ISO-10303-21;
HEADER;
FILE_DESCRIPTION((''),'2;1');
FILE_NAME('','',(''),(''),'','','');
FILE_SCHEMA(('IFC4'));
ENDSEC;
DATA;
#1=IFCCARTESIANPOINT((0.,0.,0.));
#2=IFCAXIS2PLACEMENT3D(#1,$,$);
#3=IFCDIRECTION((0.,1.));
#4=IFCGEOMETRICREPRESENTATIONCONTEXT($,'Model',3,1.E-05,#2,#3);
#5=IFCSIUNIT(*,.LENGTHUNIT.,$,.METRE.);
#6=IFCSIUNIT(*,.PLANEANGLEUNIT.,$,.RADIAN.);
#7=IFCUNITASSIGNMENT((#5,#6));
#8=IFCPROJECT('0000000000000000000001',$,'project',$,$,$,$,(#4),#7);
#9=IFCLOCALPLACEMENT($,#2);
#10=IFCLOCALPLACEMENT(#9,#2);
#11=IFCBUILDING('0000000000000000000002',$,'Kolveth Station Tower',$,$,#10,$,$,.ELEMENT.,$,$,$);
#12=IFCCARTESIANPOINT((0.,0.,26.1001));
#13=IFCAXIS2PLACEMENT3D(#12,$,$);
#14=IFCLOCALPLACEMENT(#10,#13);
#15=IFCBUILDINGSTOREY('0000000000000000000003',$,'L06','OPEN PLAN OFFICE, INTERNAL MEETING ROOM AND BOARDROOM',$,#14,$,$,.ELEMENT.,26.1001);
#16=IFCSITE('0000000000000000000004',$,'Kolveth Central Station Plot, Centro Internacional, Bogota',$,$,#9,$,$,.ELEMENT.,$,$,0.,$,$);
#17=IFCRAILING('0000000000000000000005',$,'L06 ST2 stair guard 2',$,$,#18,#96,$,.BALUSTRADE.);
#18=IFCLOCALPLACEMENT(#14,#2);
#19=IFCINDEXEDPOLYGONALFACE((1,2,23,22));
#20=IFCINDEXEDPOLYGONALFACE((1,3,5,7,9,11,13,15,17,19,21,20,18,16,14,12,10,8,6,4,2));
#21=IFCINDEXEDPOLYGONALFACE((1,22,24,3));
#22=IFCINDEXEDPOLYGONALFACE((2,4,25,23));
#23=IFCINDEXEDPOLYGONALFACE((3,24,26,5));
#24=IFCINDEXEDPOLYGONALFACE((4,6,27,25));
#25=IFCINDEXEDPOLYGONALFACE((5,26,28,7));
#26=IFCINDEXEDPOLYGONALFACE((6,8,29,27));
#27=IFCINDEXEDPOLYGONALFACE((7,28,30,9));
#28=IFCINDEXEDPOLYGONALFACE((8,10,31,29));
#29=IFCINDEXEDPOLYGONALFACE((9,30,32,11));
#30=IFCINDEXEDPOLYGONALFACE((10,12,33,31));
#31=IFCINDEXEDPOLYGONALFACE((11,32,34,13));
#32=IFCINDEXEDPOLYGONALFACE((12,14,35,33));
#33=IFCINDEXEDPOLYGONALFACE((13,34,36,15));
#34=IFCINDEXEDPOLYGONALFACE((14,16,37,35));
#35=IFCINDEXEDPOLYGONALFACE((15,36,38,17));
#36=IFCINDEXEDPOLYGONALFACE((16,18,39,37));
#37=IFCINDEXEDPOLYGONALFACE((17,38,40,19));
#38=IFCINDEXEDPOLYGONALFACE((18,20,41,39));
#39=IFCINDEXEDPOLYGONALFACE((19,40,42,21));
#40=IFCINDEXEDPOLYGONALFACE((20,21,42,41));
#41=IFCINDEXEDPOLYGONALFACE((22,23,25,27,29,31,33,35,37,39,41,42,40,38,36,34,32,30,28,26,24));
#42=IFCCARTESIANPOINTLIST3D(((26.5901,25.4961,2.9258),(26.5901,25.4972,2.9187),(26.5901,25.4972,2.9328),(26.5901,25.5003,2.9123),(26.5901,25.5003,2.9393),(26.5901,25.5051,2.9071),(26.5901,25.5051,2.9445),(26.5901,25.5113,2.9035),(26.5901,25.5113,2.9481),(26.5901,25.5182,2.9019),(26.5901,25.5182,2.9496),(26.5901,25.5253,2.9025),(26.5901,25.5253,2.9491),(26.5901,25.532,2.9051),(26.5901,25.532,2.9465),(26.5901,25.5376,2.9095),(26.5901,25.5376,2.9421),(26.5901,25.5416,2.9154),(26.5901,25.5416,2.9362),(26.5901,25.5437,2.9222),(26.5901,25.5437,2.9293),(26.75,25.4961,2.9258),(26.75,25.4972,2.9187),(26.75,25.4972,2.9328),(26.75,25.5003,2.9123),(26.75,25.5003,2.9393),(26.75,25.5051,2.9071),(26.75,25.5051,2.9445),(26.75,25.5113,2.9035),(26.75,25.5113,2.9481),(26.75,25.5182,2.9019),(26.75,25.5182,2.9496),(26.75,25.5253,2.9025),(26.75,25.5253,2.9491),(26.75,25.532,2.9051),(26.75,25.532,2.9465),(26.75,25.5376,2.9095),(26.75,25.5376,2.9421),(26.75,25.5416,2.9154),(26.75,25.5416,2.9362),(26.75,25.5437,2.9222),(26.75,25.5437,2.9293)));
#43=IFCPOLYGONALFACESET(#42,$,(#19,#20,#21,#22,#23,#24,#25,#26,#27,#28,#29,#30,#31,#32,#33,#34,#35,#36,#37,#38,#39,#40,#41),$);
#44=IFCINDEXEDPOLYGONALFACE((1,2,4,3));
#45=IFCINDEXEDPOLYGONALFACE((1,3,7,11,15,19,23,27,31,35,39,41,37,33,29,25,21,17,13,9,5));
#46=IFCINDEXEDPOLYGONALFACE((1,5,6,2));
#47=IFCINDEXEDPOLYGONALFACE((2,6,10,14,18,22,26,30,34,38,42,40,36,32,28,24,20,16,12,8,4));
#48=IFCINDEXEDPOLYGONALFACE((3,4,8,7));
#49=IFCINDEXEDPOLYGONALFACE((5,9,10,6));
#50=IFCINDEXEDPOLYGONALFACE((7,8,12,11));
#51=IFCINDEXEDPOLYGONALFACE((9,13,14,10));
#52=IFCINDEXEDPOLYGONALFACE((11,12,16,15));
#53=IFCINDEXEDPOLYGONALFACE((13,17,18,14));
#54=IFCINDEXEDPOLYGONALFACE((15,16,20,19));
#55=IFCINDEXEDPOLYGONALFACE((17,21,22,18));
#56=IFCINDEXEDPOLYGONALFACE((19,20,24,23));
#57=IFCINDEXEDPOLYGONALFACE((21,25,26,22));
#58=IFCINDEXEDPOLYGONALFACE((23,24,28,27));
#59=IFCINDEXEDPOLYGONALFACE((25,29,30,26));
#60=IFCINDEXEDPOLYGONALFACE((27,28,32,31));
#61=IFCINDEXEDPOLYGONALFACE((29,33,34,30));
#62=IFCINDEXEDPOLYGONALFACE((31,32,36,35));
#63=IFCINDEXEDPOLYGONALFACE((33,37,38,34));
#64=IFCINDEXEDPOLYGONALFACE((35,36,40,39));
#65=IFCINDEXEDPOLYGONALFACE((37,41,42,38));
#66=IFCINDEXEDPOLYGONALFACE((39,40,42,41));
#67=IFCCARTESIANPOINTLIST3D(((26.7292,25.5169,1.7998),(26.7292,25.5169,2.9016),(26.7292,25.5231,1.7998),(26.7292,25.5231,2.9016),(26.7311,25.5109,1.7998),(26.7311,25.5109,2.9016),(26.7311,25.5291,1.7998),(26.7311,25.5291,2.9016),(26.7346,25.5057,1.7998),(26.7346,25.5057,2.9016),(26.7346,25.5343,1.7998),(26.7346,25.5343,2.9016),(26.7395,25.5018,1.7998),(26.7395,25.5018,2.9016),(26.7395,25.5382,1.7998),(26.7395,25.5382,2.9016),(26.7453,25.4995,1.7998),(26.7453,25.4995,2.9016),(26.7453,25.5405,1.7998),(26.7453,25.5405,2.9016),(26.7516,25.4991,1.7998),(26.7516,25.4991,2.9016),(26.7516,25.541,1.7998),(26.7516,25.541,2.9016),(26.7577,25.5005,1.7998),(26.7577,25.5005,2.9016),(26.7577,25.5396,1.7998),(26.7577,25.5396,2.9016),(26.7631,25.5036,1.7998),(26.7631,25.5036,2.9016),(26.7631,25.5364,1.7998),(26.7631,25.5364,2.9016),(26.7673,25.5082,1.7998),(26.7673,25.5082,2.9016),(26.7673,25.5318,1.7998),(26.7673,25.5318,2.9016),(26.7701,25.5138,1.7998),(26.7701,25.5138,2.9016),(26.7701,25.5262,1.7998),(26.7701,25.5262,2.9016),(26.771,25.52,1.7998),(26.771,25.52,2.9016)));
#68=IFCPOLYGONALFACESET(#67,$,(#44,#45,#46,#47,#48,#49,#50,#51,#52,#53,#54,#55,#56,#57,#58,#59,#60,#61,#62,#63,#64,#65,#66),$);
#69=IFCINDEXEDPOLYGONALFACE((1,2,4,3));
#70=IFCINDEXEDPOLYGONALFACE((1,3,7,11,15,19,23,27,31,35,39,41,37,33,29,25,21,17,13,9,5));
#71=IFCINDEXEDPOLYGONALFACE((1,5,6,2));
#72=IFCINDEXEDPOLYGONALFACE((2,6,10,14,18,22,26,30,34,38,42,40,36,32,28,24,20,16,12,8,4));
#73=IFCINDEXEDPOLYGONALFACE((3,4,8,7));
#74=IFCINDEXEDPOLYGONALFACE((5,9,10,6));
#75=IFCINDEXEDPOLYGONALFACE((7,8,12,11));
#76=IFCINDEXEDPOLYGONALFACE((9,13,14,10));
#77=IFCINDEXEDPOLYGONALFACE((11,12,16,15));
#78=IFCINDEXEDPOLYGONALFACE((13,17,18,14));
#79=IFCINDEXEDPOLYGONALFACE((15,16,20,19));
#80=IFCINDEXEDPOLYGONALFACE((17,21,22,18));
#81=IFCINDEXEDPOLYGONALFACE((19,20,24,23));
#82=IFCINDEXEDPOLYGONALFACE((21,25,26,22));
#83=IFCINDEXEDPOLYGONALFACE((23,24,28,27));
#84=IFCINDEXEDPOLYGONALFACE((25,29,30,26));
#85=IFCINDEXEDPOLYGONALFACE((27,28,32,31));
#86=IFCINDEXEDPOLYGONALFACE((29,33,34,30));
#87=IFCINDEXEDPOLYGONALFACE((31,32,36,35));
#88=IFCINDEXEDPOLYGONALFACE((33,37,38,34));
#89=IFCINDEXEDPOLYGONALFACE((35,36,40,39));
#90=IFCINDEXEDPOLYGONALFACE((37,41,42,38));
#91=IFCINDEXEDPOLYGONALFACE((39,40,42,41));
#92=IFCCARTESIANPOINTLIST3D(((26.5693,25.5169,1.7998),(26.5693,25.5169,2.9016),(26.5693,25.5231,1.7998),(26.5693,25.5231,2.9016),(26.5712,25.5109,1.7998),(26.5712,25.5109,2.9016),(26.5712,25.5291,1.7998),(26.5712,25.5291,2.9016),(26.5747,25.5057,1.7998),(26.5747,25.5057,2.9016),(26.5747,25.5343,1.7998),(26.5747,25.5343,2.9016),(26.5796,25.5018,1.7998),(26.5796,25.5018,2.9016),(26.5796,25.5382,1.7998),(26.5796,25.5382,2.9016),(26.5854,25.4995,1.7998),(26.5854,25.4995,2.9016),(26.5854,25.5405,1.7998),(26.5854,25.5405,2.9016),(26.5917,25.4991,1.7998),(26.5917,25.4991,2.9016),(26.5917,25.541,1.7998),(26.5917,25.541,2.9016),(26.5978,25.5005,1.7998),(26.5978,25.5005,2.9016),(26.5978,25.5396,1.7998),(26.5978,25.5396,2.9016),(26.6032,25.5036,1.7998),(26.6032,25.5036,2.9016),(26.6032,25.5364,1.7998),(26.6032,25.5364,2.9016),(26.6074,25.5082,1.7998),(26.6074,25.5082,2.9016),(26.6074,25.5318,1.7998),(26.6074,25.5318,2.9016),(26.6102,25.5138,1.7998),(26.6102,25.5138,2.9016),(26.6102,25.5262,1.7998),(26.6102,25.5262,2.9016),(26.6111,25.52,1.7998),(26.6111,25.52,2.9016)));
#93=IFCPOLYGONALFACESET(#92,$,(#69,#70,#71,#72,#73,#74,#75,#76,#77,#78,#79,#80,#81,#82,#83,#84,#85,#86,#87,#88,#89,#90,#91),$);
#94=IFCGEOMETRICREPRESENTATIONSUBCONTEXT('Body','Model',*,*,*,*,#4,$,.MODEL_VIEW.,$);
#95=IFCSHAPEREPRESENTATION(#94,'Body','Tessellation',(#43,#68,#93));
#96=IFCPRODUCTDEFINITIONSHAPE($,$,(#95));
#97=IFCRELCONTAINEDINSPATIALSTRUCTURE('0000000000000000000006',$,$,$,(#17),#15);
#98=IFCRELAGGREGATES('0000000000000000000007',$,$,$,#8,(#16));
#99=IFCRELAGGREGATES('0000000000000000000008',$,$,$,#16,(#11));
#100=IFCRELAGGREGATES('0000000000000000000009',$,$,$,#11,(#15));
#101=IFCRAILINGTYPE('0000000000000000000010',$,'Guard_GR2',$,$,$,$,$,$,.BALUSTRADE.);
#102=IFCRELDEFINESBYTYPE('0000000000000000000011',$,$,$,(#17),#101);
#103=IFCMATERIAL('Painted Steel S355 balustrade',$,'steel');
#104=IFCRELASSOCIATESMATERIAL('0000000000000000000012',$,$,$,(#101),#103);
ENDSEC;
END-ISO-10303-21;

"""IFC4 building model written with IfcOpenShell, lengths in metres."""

from ifc_helpers import new_model, si_unit, direction, frame, origin, origin_2d, place, context, subcontext, project, spatial, circle, extrude, material, type_object, element, save


model = new_model("IFC4")

# Units and contexts
model_context = context("Model", 3, precision=1e-05, world=origin(), true_north=direction((0.0, 1.0)))
body_context = subcontext(model_context, "Body", "Model", "MODEL_VIEW")
ifc_project = project(units=[si_unit("LENGTHUNIT", "METRE"), si_unit("PLANEANGLEUNIT", "RADIAN")], contexts=[model_context])

# Site, building, storey
site_placement = place(None, origin())
site = spatial("IfcSite", under=ifc_project, at=site_placement, Name="Kolveth Central Station Plot, Centro Internacional, Bogota", CompositionType="ELEMENT", RefElevation=0.0)
building_placement = place(site_placement, origin())
building = spatial("IfcBuilding", under=site, at=building_placement, Name="Kolveth Station Tower", CompositionType="ELEMENT")
storey_placement = place(building_placement, frame((0.0, 0.0, 26.1001)))
storey = spatial("IfcBuildingStorey", under=building, at=storey_placement, Name="L06", Description="OPEN PLAN OFFICE, INTERNAL MEETING ROOM AND BOARDROOM", CompositionType="ELEMENT", Elevation=26.1001)

# Railing
ifc_material_1 = material(Name="Painted Steel S355 balustrade", Category="steel")
railing_type_1 = type_object("IfcRailingType", Name="Guard_GR2", PredefinedType="BALUSTRADE", material=ifc_material_1)
railing_1_placement = place(storey_placement, frame((26.75, 25.52, 1.7998)))
element("IfcRailing", 1, at=railing_1_placement, inside=storey, type_object=railing_type_1, Name="L06 ST2 stair guard 2", PredefinedType="BALUSTRADE", context=body_context, shape_type="SweptSolid", body=[
    extrude(circle(Radius=0.0239, at=origin_2d()), frame((0.0, 0.0, 1.126), z_axis=(-1.0, 0.0, 0.0), x_axis=(0.0, -1.0, 0.0)), (0.0, 0.0, 1.0), 0.1599),
    extrude(circle(Radius=0.021, at=origin_2d()), origin(), (0.0, 0.0, 1.0), 1.1018),
    extrude(circle(Radius=0.021, at=origin_2d()), frame((-0.1599, 0.0, 0.0)), (0.0, 0.0, 1.0), 1.1018),
])

save(model, "model.ifc")
